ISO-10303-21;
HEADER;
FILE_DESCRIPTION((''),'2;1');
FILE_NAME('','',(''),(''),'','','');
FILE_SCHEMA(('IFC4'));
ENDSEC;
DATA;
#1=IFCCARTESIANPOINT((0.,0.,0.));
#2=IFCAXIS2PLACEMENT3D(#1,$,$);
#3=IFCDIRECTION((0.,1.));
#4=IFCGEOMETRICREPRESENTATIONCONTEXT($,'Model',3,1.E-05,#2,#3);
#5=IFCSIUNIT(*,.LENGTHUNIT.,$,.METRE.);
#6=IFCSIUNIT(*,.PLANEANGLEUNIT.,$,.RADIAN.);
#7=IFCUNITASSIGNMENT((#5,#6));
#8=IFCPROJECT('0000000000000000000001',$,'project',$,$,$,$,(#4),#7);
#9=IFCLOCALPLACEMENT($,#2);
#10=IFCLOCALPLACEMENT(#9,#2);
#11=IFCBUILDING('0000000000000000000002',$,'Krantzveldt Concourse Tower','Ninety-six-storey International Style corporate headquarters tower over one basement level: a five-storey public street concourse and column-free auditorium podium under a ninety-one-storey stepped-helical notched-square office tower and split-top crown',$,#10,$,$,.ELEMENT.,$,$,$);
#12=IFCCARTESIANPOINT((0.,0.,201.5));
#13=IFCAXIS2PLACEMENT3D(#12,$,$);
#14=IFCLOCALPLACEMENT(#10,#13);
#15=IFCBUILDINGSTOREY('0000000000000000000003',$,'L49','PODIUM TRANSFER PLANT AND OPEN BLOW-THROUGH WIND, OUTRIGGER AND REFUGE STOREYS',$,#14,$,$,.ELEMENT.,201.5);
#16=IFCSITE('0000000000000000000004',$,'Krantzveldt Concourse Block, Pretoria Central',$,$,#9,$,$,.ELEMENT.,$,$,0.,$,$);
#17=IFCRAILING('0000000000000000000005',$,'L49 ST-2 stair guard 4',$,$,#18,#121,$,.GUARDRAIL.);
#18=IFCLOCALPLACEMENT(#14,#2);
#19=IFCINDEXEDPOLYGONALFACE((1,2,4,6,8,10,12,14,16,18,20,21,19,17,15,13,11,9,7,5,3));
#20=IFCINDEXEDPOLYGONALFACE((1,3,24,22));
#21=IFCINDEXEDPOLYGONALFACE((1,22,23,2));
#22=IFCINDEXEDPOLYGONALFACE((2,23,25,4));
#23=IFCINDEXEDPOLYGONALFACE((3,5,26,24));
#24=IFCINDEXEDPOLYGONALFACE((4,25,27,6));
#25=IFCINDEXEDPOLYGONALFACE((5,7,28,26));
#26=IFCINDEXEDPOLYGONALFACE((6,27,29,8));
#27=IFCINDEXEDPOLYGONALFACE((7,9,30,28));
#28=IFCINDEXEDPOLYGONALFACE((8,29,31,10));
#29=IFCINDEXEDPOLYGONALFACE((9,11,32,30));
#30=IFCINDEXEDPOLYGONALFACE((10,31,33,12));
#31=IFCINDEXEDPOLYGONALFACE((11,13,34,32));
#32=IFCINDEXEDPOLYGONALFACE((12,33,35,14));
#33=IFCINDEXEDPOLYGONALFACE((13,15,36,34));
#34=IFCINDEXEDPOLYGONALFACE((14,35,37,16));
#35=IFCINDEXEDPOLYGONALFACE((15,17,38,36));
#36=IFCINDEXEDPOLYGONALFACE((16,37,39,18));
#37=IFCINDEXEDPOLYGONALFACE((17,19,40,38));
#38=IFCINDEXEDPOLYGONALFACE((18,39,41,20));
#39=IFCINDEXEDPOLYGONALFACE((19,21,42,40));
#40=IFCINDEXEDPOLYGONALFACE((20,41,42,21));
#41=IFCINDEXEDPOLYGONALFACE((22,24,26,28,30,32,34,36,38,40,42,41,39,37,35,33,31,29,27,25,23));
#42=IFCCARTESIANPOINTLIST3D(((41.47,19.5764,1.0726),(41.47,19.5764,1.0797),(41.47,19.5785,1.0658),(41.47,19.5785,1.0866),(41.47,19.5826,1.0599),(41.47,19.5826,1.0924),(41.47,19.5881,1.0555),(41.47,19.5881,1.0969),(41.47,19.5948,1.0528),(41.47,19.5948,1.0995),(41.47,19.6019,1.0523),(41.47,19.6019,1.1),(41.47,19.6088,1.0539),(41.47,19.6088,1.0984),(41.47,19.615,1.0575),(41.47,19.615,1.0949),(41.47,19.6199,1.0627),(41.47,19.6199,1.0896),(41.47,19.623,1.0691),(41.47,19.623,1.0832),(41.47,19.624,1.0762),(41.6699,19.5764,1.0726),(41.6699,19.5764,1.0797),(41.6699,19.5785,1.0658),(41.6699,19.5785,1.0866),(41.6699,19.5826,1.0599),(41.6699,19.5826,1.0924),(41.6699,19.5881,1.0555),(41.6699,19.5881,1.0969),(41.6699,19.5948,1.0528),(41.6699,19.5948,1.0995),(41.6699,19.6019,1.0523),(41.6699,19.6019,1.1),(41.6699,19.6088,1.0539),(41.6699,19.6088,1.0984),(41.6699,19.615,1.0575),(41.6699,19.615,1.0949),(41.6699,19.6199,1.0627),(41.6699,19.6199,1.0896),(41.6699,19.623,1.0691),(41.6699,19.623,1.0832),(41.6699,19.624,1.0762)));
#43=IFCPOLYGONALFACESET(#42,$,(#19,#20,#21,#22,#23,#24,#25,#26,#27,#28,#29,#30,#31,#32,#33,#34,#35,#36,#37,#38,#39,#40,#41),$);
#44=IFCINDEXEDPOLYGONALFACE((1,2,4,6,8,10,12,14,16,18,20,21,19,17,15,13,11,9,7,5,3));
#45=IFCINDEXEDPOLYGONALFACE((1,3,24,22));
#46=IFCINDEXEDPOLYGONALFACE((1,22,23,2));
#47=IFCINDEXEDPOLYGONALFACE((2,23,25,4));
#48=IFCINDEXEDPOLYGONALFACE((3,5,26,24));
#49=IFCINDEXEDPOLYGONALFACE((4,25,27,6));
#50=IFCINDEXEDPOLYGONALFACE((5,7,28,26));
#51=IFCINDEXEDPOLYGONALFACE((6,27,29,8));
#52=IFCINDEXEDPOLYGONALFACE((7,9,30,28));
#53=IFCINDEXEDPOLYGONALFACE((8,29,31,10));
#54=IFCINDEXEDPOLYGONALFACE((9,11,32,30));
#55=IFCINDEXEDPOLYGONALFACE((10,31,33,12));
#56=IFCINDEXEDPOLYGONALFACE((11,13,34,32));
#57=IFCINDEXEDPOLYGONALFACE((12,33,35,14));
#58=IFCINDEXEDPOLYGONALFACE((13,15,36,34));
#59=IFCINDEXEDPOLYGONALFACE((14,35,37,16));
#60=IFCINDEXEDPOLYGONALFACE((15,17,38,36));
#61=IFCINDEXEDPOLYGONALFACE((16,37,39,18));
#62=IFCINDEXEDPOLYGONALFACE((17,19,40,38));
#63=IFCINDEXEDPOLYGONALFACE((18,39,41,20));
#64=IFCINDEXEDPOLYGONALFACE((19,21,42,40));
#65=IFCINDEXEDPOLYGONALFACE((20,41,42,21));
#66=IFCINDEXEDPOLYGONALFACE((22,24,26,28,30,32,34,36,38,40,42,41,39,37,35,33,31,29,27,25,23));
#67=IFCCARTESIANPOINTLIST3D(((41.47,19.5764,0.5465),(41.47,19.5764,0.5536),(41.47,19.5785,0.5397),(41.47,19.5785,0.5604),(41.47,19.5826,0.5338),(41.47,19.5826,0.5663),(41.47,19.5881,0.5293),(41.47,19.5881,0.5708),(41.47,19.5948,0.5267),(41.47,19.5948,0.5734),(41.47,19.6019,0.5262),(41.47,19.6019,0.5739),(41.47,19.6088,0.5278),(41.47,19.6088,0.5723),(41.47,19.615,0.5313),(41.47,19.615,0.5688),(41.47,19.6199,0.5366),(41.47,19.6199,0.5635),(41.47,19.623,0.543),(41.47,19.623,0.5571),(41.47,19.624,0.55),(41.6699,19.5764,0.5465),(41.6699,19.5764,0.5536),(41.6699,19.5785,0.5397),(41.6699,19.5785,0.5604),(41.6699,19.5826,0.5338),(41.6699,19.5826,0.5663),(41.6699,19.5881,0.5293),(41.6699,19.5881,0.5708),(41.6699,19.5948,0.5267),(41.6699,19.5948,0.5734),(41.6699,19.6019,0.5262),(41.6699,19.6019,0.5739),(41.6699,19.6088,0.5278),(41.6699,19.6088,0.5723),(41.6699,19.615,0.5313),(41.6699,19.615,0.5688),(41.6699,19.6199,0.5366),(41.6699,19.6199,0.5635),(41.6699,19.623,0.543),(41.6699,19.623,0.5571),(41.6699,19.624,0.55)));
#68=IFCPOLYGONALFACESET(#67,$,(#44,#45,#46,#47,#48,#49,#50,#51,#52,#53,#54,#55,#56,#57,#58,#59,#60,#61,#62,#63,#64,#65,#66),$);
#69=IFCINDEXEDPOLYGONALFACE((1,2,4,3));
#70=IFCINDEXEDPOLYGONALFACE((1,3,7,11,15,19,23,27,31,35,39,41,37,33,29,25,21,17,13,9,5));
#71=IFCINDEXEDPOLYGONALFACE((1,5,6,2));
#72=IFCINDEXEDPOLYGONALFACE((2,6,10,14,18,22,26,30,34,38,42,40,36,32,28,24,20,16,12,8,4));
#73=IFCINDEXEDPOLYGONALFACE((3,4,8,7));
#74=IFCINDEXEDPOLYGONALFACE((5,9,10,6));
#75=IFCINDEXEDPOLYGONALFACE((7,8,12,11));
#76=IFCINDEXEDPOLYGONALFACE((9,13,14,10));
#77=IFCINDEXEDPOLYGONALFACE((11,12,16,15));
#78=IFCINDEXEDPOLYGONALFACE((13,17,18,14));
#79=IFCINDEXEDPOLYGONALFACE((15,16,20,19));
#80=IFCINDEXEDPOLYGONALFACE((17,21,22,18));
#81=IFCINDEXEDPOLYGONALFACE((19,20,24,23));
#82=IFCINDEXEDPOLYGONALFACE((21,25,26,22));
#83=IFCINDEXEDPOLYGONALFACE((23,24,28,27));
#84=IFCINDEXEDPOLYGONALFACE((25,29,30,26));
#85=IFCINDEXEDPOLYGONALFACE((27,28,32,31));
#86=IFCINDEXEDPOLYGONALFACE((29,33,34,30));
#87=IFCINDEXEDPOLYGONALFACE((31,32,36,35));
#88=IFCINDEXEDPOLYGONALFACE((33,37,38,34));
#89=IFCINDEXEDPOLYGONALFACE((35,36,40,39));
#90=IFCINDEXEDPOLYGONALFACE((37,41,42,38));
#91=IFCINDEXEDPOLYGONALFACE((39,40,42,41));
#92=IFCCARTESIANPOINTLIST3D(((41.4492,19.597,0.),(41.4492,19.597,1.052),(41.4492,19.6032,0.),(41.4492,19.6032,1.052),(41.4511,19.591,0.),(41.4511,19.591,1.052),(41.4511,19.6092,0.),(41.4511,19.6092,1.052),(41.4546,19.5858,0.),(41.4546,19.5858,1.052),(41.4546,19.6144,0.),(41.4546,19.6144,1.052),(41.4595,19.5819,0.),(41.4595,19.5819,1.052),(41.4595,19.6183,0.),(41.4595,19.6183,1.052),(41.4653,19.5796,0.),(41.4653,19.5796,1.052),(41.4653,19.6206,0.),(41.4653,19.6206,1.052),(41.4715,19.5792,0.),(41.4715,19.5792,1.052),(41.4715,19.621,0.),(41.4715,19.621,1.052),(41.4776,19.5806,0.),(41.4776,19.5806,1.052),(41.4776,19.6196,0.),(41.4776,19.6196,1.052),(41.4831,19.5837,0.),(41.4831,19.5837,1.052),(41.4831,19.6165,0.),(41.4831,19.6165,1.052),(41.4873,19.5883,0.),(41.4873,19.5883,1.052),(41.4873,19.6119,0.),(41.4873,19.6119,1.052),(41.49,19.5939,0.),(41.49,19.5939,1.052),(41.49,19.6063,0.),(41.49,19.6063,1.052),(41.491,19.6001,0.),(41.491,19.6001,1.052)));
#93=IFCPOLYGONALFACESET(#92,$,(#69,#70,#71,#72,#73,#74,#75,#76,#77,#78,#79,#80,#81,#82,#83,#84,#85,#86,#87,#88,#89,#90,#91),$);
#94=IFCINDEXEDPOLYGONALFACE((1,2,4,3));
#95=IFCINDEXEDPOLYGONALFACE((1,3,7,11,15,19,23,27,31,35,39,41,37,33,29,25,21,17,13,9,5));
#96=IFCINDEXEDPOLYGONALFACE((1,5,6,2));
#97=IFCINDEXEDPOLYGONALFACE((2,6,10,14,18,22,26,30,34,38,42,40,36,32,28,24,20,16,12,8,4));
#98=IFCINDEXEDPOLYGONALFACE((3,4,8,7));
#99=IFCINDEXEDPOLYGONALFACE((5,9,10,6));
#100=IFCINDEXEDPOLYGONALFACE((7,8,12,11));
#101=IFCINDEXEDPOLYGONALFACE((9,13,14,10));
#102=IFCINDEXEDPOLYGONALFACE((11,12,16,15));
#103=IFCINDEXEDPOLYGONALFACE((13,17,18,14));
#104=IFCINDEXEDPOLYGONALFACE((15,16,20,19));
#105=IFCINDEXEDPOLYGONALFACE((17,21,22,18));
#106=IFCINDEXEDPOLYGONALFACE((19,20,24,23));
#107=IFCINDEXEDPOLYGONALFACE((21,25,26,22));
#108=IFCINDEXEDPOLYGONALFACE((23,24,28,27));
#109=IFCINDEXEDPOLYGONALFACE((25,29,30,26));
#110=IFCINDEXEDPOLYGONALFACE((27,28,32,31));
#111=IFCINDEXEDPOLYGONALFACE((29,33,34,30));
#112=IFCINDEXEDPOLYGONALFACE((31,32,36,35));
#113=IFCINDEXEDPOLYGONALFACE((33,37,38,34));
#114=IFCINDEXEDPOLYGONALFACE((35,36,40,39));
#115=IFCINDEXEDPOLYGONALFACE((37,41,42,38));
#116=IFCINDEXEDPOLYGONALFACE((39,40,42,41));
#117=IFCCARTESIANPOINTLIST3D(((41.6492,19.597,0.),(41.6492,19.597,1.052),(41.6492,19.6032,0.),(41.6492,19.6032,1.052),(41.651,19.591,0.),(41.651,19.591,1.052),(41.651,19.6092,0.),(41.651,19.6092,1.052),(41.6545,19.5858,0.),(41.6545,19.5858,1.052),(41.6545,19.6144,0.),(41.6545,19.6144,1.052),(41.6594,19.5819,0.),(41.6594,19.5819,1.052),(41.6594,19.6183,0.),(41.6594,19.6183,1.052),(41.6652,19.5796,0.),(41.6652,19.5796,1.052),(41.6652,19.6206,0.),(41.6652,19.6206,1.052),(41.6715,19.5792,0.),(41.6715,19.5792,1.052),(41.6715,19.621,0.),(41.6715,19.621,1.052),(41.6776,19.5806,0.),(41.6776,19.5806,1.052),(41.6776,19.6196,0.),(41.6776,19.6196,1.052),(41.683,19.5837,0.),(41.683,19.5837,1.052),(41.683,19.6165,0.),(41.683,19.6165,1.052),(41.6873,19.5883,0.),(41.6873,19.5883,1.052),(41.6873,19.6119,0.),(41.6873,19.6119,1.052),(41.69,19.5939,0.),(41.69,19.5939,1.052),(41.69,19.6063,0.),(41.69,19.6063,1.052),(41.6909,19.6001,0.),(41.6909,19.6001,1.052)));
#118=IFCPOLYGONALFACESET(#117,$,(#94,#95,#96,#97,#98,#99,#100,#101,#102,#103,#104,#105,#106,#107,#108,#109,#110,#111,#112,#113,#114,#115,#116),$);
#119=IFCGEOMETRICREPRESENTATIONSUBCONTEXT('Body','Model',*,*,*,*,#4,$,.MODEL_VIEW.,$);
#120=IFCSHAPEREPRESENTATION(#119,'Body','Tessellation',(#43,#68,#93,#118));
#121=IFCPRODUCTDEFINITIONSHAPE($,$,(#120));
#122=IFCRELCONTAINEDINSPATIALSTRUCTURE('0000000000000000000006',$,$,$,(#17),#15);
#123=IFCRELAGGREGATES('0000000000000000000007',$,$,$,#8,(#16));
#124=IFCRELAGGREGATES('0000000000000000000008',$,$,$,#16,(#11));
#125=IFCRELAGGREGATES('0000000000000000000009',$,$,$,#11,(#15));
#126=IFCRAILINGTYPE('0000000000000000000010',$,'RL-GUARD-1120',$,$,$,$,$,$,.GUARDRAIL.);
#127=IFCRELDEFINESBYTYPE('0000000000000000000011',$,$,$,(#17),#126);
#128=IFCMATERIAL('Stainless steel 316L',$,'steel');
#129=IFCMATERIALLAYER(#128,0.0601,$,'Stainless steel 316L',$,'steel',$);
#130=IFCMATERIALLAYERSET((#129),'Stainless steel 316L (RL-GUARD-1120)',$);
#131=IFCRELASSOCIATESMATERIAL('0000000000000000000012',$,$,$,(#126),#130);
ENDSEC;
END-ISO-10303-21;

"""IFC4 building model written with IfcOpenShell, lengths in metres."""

from ifc_helpers import new_model, si_unit, direction, frame, origin, origin_2d, place, context, subcontext, project, spatial, circle, extrude, material, layer, layer_set, type_object, element, save


model = new_model("IFC4")

# Units and contexts
model_context = context("Model", 3, precision=1e-05, world=origin(), true_north=direction((0.0, 1.0)))
body_context = subcontext(model_context, "Body", "Model", "MODEL_VIEW")
ifc_project = project(units=[si_unit("LENGTHUNIT", "METRE"), si_unit("PLANEANGLEUNIT", "RADIAN")], contexts=[model_context])

# Site, building, storey
site_placement = place(None, origin())
site = spatial("IfcSite", under=ifc_project, at=site_placement, Name="Krantzveldt Concourse Block, Pretoria Central", CompositionType="ELEMENT", RefElevation=0.0)
building_placement = place(site_placement, origin())
building = spatial("IfcBuilding", under=site, at=building_placement, Name="Krantzveldt Concourse Tower", Description="Ninety-six-storey International Style corporate headquarters tower over one basement level: a five-storey public street concourse and column-free auditorium podium under a ninety-one-storey stepped-helical notched-square office tower and split-top crown", CompositionType="ELEMENT")
storey_placement = place(building_placement, frame((0.0, 0.0, 201.5)))
storey = spatial("IfcBuildingStorey", under=building, at=storey_placement, Name="L49", Description="PODIUM TRANSFER PLANT AND OPEN BLOW-THROUGH WIND, OUTRIGGER AND REFUGE STOREYS", CompositionType="ELEMENT", Elevation=201.5)

# Shared definitions
ifc_material_1 = material(Name="Stainless steel 316L", Category="steel")

# Railing
ifc_layer_1 = layer(ifc_material_1, 0.0601, Name="Stainless steel 316L", Category="steel")
ifc_layer_set_1 = layer_set([ifc_layer_1], Name="Stainless steel 316L (RL-GUARD-1120)")
railing_type_1 = type_object("IfcRailingType", Name="RL-GUARD-1120", PredefinedType="GUARDRAIL", material=ifc_layer_set_1)
railing_1_placement = place(storey_placement, frame((41.47, 19.6001, 0.0)))
element("IfcRailing", 1, at=railing_1_placement, inside=storey, type_object=railing_type_1, Name="L49 ST-2 stair guard 4", PredefinedType="GUARDRAIL", context=body_context, shape_type="SweptSolid", body=[
    extrude(circle(Radius=0.0239, at=origin_2d()), frame((0.0, 0.0, 1.0762), z_axis=(1.0, 0.0, 0.0), x_axis=(0.0, 1.0, 0.0)), (0.0, 0.0, 1.0), 0.2),
    extrude(circle(Radius=0.0239, at=origin_2d()), frame((0.0, 0.0, 0.55), z_axis=(1.0, 0.0, 0.0), x_axis=(0.0, 1.0, 0.0)), (0.0, 0.0, 1.0), 0.2),
    extrude(circle(Radius=0.021, at=origin_2d()), origin(), (0.0, 0.0, 1.0), 1.052),
    extrude(circle(Radius=0.021, at=origin_2d()), frame((0.2, 0.0, 0.0)), (0.0, 0.0, 1.0), 1.052),
])

save(model, "model.ifc")
